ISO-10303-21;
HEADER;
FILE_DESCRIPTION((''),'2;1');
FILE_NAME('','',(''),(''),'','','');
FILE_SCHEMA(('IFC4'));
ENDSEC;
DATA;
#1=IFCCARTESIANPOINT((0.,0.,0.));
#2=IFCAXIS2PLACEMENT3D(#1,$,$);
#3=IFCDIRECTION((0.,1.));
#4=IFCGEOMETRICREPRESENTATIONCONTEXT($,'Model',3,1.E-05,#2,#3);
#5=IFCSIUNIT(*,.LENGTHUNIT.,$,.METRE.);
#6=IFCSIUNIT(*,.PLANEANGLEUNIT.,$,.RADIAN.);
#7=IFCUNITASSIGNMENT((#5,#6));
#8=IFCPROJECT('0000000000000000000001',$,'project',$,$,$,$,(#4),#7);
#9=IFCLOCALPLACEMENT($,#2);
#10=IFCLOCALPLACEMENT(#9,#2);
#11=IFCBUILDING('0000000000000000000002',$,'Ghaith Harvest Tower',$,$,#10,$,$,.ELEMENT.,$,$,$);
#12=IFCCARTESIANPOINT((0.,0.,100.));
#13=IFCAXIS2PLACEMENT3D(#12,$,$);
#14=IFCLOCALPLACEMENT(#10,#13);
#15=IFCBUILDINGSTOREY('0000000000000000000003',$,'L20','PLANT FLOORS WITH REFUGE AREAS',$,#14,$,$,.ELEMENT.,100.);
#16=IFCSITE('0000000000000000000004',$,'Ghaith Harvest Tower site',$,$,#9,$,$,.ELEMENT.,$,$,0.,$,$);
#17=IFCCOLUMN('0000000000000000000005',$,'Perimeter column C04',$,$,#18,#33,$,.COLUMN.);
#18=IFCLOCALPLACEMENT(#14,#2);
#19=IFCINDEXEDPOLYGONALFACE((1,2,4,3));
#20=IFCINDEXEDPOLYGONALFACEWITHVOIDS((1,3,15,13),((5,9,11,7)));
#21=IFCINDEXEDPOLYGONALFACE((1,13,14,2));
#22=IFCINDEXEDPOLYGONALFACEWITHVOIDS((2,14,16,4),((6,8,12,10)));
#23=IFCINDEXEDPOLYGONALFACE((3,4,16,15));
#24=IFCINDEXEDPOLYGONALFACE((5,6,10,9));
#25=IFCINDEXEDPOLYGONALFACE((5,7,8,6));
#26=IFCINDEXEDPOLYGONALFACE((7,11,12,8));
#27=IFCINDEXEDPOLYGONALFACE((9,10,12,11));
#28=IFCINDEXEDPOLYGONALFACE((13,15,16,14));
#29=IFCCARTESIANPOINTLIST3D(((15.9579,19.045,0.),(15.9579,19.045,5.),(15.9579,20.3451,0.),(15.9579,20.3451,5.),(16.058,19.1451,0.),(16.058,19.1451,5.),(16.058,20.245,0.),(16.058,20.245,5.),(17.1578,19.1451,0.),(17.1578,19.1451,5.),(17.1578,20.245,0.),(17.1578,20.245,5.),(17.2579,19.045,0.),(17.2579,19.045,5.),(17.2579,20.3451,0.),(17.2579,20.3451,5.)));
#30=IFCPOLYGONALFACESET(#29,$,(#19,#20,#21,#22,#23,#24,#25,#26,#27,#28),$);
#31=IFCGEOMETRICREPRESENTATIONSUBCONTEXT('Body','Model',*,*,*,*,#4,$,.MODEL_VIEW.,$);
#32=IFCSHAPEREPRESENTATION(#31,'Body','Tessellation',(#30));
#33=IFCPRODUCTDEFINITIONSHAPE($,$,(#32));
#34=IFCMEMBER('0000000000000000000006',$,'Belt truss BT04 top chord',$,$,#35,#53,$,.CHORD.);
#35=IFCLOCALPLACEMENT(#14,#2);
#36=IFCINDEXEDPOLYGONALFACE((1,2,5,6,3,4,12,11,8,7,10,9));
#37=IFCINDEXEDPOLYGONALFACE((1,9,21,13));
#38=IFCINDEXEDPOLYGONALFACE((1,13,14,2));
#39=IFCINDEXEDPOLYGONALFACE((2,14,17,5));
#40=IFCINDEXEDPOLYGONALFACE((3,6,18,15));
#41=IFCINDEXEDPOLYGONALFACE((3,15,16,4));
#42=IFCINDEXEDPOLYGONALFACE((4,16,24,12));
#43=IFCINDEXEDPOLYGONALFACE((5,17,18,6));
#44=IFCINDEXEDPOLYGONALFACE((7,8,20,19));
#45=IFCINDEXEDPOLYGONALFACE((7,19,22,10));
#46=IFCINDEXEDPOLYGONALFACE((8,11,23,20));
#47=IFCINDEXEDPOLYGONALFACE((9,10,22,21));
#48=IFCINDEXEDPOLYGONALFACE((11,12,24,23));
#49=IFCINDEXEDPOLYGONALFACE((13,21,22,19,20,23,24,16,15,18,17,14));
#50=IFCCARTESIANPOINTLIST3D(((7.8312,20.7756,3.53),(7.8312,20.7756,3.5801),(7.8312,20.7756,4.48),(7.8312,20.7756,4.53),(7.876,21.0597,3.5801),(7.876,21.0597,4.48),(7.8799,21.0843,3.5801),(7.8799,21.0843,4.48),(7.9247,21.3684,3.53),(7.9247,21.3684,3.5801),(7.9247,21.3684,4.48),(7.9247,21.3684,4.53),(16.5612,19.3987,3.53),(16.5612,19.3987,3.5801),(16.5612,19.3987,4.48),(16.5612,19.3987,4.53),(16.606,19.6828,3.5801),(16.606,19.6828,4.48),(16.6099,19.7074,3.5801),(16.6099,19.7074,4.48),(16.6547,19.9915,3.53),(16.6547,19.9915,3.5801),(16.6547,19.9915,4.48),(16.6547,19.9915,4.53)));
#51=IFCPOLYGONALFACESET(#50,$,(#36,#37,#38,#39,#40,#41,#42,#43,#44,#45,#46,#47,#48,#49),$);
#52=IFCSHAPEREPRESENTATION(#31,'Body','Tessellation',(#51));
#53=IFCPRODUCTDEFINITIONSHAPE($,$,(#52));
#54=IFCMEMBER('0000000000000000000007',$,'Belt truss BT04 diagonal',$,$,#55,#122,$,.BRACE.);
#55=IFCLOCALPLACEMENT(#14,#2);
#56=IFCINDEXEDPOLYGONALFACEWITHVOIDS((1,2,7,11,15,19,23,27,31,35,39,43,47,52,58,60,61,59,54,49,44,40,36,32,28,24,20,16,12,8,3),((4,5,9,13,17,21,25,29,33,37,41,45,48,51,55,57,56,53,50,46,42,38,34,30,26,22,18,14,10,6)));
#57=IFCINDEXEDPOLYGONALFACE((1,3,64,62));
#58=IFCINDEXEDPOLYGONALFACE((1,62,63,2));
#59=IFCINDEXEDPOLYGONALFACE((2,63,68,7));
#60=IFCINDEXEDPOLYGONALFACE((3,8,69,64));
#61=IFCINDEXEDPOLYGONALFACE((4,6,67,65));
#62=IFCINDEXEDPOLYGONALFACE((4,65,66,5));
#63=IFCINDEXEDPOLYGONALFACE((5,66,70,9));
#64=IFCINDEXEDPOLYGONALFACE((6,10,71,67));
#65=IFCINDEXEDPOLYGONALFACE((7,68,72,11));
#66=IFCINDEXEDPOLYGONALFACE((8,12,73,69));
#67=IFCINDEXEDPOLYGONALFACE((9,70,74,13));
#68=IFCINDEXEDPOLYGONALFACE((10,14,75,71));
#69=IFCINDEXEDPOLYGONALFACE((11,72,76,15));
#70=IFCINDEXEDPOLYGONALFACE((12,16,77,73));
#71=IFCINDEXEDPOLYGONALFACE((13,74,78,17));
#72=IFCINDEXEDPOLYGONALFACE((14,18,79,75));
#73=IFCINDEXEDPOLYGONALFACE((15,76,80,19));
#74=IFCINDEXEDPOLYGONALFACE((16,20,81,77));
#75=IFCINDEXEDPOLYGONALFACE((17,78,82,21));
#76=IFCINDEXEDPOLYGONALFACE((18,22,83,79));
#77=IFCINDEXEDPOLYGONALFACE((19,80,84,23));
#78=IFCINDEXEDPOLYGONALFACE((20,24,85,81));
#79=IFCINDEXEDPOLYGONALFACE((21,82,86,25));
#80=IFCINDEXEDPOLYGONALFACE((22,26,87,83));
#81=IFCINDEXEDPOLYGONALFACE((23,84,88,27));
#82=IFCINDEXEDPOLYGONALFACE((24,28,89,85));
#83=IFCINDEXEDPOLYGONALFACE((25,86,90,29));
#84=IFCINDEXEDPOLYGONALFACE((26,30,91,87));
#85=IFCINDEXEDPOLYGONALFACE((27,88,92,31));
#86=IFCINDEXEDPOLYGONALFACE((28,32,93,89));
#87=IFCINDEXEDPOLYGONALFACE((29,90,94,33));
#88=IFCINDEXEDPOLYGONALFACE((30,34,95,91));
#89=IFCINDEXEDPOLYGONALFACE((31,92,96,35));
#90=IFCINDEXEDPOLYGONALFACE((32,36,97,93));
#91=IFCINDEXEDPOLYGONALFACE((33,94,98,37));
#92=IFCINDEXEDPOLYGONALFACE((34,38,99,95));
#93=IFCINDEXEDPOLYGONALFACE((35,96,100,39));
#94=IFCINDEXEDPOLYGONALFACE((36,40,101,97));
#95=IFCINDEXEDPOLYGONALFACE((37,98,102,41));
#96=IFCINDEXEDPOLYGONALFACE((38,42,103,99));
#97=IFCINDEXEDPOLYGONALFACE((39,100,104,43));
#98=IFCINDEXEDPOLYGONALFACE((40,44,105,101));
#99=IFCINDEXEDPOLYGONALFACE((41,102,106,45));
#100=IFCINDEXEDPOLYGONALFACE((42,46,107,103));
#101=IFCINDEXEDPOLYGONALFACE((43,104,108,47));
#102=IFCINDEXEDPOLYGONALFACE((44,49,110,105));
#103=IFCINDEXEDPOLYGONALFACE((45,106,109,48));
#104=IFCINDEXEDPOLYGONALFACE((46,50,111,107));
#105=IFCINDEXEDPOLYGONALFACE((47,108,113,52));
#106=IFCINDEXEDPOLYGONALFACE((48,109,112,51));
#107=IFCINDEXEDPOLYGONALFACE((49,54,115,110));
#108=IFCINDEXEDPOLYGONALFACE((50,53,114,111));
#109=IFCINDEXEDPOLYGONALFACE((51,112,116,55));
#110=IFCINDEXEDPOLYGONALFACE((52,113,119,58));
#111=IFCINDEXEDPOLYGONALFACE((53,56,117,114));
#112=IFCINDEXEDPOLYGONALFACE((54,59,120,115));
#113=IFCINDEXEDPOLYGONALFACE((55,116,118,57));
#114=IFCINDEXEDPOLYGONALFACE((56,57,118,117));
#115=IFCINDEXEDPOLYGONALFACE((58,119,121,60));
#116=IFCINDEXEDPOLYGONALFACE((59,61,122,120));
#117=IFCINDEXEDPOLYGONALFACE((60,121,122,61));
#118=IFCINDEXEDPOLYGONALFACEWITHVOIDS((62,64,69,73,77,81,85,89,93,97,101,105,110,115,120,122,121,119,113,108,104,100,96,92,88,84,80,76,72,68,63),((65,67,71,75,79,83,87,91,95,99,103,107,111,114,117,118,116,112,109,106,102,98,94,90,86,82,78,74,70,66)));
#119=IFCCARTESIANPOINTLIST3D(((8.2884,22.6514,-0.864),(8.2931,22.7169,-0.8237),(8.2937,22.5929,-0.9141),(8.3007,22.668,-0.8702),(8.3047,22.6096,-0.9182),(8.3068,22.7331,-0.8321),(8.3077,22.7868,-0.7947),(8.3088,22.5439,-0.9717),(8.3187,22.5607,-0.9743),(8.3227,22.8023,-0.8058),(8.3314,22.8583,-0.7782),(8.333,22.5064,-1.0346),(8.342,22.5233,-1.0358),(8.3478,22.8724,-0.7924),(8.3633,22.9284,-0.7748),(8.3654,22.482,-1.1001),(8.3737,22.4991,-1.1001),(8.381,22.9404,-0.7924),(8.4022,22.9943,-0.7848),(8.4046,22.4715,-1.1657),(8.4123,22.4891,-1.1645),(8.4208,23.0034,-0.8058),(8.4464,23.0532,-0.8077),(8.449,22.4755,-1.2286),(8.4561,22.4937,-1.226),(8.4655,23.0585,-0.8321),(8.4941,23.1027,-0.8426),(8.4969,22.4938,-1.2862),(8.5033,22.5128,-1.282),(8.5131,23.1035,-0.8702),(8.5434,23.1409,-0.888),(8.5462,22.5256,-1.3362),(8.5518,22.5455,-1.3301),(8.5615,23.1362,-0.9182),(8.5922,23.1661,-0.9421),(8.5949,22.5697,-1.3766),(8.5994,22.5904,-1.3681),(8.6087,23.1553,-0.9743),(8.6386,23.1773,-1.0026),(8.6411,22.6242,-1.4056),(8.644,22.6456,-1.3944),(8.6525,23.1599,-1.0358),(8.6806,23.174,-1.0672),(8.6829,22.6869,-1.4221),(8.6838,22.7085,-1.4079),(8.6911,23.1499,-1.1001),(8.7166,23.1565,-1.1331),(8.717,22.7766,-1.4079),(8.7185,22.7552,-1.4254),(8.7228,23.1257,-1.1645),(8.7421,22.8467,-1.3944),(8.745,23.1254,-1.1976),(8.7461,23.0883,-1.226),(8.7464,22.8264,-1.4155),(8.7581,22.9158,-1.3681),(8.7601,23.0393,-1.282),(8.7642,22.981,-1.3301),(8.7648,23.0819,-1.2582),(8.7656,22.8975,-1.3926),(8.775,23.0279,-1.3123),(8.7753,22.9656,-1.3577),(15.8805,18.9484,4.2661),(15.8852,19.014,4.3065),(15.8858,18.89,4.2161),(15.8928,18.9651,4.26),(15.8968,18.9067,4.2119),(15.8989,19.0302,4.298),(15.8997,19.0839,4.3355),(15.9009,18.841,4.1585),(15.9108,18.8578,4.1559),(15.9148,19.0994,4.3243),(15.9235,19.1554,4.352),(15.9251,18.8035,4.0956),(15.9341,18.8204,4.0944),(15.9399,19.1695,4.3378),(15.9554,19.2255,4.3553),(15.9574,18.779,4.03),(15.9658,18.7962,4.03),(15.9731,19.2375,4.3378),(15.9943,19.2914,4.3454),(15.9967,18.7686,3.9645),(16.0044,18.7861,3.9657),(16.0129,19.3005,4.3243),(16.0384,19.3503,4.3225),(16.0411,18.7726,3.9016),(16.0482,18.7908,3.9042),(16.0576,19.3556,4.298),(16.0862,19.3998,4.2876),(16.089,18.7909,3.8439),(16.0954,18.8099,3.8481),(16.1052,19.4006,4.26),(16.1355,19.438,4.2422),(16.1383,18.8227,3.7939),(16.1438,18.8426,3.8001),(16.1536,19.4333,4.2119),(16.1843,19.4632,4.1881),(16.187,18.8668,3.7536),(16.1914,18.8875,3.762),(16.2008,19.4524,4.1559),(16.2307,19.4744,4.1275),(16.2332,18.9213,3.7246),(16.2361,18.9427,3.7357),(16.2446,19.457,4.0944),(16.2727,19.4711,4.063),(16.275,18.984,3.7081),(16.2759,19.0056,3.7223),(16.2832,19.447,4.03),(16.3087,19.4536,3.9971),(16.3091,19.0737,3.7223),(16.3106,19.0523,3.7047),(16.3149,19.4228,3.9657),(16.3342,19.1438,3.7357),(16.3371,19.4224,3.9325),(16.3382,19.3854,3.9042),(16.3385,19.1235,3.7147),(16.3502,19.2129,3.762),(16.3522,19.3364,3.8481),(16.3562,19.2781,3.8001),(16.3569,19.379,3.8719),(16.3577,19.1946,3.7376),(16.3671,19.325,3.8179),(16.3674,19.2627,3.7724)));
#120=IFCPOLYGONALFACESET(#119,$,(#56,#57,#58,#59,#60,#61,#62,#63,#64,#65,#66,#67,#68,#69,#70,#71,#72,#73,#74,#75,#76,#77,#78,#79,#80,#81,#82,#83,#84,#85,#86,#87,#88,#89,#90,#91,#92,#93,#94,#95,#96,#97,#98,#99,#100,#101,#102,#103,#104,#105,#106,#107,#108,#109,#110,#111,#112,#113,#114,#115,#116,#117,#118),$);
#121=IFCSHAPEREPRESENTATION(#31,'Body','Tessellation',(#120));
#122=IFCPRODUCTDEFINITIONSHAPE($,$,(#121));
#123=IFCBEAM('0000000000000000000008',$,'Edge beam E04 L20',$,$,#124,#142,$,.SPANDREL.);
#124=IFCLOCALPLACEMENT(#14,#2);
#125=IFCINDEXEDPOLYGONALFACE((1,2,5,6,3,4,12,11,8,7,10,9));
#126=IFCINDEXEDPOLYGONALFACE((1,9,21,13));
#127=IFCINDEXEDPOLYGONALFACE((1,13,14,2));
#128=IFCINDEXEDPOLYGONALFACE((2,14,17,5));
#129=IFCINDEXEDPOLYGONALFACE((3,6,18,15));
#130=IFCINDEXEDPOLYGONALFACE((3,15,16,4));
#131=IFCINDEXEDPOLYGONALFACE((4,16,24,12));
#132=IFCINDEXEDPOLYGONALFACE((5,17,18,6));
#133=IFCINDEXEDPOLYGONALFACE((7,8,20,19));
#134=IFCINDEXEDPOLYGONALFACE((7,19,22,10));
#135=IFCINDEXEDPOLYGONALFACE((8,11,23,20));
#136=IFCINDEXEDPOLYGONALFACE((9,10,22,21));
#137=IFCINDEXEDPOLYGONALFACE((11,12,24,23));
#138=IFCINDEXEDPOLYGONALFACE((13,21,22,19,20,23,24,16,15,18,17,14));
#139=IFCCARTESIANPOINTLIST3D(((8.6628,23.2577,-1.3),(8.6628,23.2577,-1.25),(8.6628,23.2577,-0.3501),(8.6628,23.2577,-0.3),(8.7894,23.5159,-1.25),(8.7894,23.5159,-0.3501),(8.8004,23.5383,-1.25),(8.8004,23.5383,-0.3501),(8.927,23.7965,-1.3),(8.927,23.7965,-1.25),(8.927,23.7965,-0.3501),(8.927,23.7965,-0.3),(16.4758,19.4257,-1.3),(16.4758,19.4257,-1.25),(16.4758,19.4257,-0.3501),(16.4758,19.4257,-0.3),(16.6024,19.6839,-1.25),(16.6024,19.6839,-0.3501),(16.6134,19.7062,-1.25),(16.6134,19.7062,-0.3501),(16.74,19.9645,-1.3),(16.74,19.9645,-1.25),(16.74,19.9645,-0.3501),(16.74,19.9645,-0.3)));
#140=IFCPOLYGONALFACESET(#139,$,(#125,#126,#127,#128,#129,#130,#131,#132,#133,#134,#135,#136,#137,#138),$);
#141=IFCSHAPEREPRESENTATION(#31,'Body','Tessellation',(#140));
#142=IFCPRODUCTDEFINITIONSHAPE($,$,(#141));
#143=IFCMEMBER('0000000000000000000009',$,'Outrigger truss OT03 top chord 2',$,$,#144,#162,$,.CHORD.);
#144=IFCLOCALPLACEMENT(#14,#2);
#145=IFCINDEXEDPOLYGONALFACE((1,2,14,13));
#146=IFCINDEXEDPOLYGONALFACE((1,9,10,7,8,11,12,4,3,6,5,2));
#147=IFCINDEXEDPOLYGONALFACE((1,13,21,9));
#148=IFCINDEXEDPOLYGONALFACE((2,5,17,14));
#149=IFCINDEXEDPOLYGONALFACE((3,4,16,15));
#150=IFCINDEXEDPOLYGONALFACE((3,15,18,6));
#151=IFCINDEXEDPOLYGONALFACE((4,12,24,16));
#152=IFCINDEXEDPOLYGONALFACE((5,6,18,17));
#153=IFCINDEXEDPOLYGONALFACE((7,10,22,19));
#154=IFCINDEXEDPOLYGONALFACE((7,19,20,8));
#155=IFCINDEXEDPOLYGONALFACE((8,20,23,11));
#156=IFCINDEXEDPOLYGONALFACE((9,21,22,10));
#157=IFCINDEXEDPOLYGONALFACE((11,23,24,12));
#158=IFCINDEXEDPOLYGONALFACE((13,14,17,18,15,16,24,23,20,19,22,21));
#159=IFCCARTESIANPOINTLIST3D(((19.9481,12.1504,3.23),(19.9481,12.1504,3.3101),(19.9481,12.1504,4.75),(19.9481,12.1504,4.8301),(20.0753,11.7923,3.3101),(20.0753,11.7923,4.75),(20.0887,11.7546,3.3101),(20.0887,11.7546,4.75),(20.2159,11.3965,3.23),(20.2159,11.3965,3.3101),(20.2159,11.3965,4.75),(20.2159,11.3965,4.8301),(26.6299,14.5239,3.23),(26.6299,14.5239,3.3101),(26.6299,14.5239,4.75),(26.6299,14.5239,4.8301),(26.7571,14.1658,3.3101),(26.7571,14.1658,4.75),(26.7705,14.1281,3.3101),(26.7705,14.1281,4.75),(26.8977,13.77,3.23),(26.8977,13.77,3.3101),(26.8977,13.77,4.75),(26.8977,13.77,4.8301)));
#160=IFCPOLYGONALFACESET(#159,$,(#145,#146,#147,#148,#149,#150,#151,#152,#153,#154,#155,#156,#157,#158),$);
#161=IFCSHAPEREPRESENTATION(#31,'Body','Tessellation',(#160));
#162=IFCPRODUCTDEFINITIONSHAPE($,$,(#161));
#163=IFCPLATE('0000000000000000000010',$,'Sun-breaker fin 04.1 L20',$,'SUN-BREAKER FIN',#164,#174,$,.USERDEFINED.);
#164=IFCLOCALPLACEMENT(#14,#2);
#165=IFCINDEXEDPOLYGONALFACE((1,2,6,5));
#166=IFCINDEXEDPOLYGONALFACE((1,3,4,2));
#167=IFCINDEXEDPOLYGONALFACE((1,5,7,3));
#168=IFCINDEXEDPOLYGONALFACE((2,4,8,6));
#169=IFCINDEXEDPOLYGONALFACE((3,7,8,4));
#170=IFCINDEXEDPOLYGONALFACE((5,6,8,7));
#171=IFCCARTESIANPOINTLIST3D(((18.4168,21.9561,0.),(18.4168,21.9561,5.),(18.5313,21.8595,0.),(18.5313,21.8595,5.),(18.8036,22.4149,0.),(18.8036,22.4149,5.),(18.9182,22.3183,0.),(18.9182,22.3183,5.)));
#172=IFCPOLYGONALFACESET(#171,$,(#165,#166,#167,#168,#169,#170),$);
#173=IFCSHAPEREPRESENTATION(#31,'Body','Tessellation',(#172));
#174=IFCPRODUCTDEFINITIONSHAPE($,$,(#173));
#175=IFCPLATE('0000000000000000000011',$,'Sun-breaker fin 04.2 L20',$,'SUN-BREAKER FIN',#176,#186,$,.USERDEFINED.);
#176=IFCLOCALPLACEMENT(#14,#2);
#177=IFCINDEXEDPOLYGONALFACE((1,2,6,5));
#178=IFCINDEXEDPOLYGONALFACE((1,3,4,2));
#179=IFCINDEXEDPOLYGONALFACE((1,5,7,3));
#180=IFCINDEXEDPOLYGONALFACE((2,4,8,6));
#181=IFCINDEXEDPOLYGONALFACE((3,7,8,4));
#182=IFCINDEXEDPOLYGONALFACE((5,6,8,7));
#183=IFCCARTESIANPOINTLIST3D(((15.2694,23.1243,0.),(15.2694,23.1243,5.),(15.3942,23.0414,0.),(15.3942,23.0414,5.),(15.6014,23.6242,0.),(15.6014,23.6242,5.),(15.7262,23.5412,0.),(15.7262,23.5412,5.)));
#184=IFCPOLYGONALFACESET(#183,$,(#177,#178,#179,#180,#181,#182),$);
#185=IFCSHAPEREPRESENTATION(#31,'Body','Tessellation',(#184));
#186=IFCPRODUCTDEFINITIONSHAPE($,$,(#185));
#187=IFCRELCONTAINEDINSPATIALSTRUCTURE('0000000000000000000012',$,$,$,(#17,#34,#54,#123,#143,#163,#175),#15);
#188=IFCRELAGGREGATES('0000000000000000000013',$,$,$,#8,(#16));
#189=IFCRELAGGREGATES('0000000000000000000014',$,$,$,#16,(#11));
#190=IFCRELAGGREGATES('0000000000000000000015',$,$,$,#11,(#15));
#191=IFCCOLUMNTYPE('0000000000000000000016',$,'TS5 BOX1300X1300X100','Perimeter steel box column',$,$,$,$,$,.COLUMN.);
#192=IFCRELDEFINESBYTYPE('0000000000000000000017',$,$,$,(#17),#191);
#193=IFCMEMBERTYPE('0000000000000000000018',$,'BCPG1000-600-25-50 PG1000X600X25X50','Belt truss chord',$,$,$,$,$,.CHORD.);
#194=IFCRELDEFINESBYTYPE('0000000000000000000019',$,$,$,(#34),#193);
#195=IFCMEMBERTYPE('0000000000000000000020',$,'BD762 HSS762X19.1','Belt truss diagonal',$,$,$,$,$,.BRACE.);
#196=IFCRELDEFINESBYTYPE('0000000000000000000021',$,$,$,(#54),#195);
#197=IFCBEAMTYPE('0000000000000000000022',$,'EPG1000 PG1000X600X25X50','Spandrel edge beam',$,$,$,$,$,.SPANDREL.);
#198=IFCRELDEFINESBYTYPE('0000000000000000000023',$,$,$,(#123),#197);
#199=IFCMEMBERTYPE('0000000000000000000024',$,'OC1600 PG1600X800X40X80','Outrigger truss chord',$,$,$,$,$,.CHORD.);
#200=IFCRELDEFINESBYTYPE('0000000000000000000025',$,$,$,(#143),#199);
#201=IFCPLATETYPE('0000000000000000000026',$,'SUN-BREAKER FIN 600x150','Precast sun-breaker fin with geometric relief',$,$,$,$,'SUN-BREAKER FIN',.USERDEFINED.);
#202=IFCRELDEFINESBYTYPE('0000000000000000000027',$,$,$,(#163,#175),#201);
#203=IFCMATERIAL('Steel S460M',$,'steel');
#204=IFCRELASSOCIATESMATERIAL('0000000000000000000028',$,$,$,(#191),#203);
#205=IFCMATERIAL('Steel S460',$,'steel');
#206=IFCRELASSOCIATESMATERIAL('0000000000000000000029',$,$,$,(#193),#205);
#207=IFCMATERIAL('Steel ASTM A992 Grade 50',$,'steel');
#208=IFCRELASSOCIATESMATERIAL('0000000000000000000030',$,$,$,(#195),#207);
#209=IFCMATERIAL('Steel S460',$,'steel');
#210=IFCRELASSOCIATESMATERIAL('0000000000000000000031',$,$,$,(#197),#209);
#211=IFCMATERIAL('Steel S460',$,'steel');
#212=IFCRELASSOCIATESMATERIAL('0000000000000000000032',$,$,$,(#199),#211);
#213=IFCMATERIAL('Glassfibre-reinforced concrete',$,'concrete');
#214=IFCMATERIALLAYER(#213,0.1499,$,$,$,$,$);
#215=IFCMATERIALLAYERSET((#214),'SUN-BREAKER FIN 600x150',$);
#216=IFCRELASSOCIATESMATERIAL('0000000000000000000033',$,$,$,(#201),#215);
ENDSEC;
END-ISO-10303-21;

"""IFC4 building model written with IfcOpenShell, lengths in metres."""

from ifc_helpers import new_model, si_unit, direction, frame, origin, origin_2d, place, context, subcontext, project, spatial, rectangle, hollow_rectangle, hollow_circle, i_section, extrude, material, layer, layer_set, material_profile, profile_set, type_object, element, save


model = new_model("IFC4")

# Units and contexts
model_context = context("Model", 3, precision=1e-05, world=origin(), true_north=direction((0.0, 1.0)))
body_context = subcontext(model_context, "Body", "Model", "MODEL_VIEW")
ifc_project = project(units=[si_unit("LENGTHUNIT", "METRE"), si_unit("PLANEANGLEUNIT", "RADIAN")], contexts=[model_context])

# Site, building, storey
site_placement = place(None, origin())
site = spatial("IfcSite", under=ifc_project, at=site_placement, Name="Ghaith Harvest Tower site", CompositionType="ELEMENT", RefElevation=0.0)
building_placement = place(site_placement, origin())
building = spatial("IfcBuilding", under=site, at=building_placement, Name="Ghaith Harvest Tower", CompositionType="ELEMENT")
storey_placement = place(building_placement, frame((0.0, 0.0, 100.0)))
storey = spatial("IfcBuildingStorey", under=building, at=storey_placement, Name="L20", Description="PLANT FLOORS WITH REFUGE AREAS", CompositionType="ELEMENT", Elevation=100.0)

# Column
ifc_material_1 = material(Name="Steel S460M", Category="steel")
ifc_material_profile_1 = material_profile(ifc_material_1, hollow_rectangle(XDim=1.3, YDim=1.3, WallThickness=0.1001, at=origin_2d()), Name="BOX1300X1300X100")
ifc_profile_set_1 = profile_set([ifc_material_profile_1], Name="Steel S460M")
column_type = type_object("IfcColumnType", Name="TS5 BOX1300X1300X100", Description="Perimeter steel box column", PredefinedType="COLUMN", material=ifc_profile_set_1)
column_placement = place(storey_placement, frame((16.6079, 19.6951, 0.0), z_axis=(0.0, 0.0, 1.0), x_axis=(1.0, 0.0, 0.0)))
element("IfcColumn", 1, at=column_placement, inside=storey, type_object=column_type, Name="Perimeter column C04", PredefinedType="COLUMN", context=body_context, shape_type="SweptSolid", body=[
    extrude(hollow_rectangle(XDim=1.3, YDim=1.3, WallThickness=0.1001, at=origin_2d()), origin(), (0.0, 0.0, 1.0), 5.0),
])

# Members
ifc_material_2 = material(Name="Steel S460", Category="steel")
ifc_material_profile_2 = material_profile(ifc_material_2, i_section(OverallWidth=0.6001, OverallDepth=1.0, WebThickness=0.0249, FlangeThickness=0.05, at=origin_2d()), Name="PG1000X600X25X50")
ifc_profile_set_2 = profile_set([ifc_material_profile_2], Name="Steel S460")
member_type_1 = type_object("IfcMemberType", Name="BCPG1000-600-25-50 PG1000X600X25X50", Description="Belt truss chord", PredefinedType="CHORD", material=ifc_profile_set_2)
member_1_placement = place(storey_placement, frame((16.6079, 19.6951, 4.03), z_axis=(-0.987788, 0.155801, 0.0), x_axis=(-0.155801, -0.987788, 0.0)))
element("IfcMember", 2, at=member_1_placement, inside=storey, type_object=member_type_1, Name="Belt truss BT04 top chord", PredefinedType="CHORD", context=body_context, shape_type="SweptSolid", body=[
    extrude(i_section(OverallWidth=0.6001, OverallDepth=1.0, WebThickness=0.0249, FlangeThickness=0.05, at=origin_2d()), origin(), (0.0, 0.0, 1.0), 8.8379),
])
ifc_material_3 = material(Name="Steel ASTM A992 Grade 50", Category="steel")
ifc_material_profile_3 = material_profile(ifc_material_3, hollow_circle(Radius=0.3811, WallThickness=0.019, at=origin_2d()), Name="HSS762X19.1")
ifc_profile_set_3 = profile_set([ifc_material_profile_3], Name="Steel ASTM A992 Grade 50")
member_type_2 = type_object("IfcMemberType", Name="BD762 HSS762X19.1", Description="Belt truss diagonal", PredefinedType="BRACE", material=ifc_profile_set_3)
member_2_placement = place(storey_placement, frame((16.1245, 19.1216, 4.03), z_axis=(-0.768212, 0.374681, -0.519099), x_axis=(-0.438371, -0.898794, 0.0)))
element("IfcMember", 3, at=member_2_placement, inside=storey, type_object=member_type_2, Name="Belt truss BT04 diagonal", PredefinedType="BRACE", context=body_context, shape_type="SweptSolid", body=[
    extrude(hollow_circle(Radius=0.3811, WallThickness=0.019, at=origin_2d()), origin(), (0.0, 0.0, 1.0), 9.8828),
])

# Beam
ifc_material_4 = material(Name="Steel S460", Category="steel")
ifc_material_profile_4 = material_profile(ifc_material_4, i_section(OverallWidth=0.6001, OverallDepth=1.0, WebThickness=0.0249, FlangeThickness=0.05, at=origin_2d()), Name="PG1000X600X25X50")
ifc_profile_set_4 = profile_set([ifc_material_profile_4], Name="Steel S460")
beam_type = type_object("IfcBeamType", Name="EPG1000 PG1000X600X25X50", Description="Spandrel edge beam", PredefinedType="SPANDREL", material=ifc_profile_set_4)
beam_placement = place(storey_placement, frame((16.6079, 19.6951, -0.8), z_axis=(-0.897824, 0.440355, 0.0), x_axis=(-0.440355, -0.897824, 0.0)))
element("IfcBeam", 4, at=beam_placement, inside=storey, type_object=beam_type, Name="Edge beam E04 L20", PredefinedType="SPANDREL", context=body_context, shape_type="SweptSolid", body=[
    extrude(i_section(OverallWidth=0.6001, OverallDepth=1.0, WebThickness=0.0249, FlangeThickness=0.05, at=origin_2d()), origin(), (0.0, 0.0, 1.0), 8.7021),
])

# Member
ifc_material_5 = material(Name="Steel S460", Category="steel")
ifc_material_profile_5 = material_profile(ifc_material_5, i_section(OverallWidth=0.8, OverallDepth=1.6001, WebThickness=0.04, FlangeThickness=0.0801, at=origin_2d()), Name="PG1600X800X40X80")
ifc_profile_set_5 = profile_set([ifc_material_profile_5], Name="Steel S460")
member_type_3 = type_object("IfcMemberType", Name="OC1600 PG1600X800X40X80", Description="Outrigger truss chord", PredefinedType="CHORD", material=ifc_profile_set_5)
member_3_placement = place(storey_placement, frame((20.082, 11.7734, 4.03), z_axis=(0.942315, 0.334728, 0.0), x_axis=(-0.334728, 0.942315, 0.0)))
element("IfcMember", 5, at=member_3_placement, inside=storey, type_object=member_type_3, Name="Outrigger truss OT03 top chord 2", PredefinedType="CHORD", context=body_context, shape_type="SweptSolid", body=[
    extrude(i_section(OverallWidth=0.8, OverallDepth=1.6001, WebThickness=0.04, FlangeThickness=0.0801, at=origin_2d()), origin(), (0.0, 0.0, 1.0), 7.0908),
])

# Plates
ifc_material_6 = material(Name="Glassfibre-reinforced concrete", Category="concrete")
ifc_layer_1 = layer(ifc_material_6, 0.1499)
ifc_layer_set_1 = layer_set([ifc_layer_1], Name="SUN-BREAKER FIN 600x150")
plate_type = type_object("IfcPlateType", Name="SUN-BREAKER FIN 600x150", Description="Precast sun-breaker fin with geometric relief", ElementType="SUN-BREAKER FIN", PredefinedType="USERDEFINED", material=ifc_layer_set_1)
for number, where, z_axis, x_axis, name in (
    (6, (18.6675, 22.1372, 0.0), (0.0, 0.0, 1.0), (0.644657, 0.764472, 0.0), "Sun-breaker fin 04.1 L20"),
    (7, (15.4978, 23.3328, 0.0), (0.0, 0.0, 1.0), (0.553283, 0.832994, 0.0), "Sun-breaker fin 04.2 L20"),
):
    element("IfcPlate", number, at=place(storey_placement, frame(where, z_axis=z_axis, x_axis=x_axis)), inside=storey, type_object=plate_type, Name=name, ObjectType="SUN-BREAKER FIN", PredefinedType="USERDEFINED", context=body_context, shape_type="SweptSolid", body=[
        extrude(rectangle(XDim=0.6001, YDim=0.1499, at=origin_2d()), origin(), (0.0, 0.0, 1.0), 5.0),
    ])

save(model, "model.ifc")
